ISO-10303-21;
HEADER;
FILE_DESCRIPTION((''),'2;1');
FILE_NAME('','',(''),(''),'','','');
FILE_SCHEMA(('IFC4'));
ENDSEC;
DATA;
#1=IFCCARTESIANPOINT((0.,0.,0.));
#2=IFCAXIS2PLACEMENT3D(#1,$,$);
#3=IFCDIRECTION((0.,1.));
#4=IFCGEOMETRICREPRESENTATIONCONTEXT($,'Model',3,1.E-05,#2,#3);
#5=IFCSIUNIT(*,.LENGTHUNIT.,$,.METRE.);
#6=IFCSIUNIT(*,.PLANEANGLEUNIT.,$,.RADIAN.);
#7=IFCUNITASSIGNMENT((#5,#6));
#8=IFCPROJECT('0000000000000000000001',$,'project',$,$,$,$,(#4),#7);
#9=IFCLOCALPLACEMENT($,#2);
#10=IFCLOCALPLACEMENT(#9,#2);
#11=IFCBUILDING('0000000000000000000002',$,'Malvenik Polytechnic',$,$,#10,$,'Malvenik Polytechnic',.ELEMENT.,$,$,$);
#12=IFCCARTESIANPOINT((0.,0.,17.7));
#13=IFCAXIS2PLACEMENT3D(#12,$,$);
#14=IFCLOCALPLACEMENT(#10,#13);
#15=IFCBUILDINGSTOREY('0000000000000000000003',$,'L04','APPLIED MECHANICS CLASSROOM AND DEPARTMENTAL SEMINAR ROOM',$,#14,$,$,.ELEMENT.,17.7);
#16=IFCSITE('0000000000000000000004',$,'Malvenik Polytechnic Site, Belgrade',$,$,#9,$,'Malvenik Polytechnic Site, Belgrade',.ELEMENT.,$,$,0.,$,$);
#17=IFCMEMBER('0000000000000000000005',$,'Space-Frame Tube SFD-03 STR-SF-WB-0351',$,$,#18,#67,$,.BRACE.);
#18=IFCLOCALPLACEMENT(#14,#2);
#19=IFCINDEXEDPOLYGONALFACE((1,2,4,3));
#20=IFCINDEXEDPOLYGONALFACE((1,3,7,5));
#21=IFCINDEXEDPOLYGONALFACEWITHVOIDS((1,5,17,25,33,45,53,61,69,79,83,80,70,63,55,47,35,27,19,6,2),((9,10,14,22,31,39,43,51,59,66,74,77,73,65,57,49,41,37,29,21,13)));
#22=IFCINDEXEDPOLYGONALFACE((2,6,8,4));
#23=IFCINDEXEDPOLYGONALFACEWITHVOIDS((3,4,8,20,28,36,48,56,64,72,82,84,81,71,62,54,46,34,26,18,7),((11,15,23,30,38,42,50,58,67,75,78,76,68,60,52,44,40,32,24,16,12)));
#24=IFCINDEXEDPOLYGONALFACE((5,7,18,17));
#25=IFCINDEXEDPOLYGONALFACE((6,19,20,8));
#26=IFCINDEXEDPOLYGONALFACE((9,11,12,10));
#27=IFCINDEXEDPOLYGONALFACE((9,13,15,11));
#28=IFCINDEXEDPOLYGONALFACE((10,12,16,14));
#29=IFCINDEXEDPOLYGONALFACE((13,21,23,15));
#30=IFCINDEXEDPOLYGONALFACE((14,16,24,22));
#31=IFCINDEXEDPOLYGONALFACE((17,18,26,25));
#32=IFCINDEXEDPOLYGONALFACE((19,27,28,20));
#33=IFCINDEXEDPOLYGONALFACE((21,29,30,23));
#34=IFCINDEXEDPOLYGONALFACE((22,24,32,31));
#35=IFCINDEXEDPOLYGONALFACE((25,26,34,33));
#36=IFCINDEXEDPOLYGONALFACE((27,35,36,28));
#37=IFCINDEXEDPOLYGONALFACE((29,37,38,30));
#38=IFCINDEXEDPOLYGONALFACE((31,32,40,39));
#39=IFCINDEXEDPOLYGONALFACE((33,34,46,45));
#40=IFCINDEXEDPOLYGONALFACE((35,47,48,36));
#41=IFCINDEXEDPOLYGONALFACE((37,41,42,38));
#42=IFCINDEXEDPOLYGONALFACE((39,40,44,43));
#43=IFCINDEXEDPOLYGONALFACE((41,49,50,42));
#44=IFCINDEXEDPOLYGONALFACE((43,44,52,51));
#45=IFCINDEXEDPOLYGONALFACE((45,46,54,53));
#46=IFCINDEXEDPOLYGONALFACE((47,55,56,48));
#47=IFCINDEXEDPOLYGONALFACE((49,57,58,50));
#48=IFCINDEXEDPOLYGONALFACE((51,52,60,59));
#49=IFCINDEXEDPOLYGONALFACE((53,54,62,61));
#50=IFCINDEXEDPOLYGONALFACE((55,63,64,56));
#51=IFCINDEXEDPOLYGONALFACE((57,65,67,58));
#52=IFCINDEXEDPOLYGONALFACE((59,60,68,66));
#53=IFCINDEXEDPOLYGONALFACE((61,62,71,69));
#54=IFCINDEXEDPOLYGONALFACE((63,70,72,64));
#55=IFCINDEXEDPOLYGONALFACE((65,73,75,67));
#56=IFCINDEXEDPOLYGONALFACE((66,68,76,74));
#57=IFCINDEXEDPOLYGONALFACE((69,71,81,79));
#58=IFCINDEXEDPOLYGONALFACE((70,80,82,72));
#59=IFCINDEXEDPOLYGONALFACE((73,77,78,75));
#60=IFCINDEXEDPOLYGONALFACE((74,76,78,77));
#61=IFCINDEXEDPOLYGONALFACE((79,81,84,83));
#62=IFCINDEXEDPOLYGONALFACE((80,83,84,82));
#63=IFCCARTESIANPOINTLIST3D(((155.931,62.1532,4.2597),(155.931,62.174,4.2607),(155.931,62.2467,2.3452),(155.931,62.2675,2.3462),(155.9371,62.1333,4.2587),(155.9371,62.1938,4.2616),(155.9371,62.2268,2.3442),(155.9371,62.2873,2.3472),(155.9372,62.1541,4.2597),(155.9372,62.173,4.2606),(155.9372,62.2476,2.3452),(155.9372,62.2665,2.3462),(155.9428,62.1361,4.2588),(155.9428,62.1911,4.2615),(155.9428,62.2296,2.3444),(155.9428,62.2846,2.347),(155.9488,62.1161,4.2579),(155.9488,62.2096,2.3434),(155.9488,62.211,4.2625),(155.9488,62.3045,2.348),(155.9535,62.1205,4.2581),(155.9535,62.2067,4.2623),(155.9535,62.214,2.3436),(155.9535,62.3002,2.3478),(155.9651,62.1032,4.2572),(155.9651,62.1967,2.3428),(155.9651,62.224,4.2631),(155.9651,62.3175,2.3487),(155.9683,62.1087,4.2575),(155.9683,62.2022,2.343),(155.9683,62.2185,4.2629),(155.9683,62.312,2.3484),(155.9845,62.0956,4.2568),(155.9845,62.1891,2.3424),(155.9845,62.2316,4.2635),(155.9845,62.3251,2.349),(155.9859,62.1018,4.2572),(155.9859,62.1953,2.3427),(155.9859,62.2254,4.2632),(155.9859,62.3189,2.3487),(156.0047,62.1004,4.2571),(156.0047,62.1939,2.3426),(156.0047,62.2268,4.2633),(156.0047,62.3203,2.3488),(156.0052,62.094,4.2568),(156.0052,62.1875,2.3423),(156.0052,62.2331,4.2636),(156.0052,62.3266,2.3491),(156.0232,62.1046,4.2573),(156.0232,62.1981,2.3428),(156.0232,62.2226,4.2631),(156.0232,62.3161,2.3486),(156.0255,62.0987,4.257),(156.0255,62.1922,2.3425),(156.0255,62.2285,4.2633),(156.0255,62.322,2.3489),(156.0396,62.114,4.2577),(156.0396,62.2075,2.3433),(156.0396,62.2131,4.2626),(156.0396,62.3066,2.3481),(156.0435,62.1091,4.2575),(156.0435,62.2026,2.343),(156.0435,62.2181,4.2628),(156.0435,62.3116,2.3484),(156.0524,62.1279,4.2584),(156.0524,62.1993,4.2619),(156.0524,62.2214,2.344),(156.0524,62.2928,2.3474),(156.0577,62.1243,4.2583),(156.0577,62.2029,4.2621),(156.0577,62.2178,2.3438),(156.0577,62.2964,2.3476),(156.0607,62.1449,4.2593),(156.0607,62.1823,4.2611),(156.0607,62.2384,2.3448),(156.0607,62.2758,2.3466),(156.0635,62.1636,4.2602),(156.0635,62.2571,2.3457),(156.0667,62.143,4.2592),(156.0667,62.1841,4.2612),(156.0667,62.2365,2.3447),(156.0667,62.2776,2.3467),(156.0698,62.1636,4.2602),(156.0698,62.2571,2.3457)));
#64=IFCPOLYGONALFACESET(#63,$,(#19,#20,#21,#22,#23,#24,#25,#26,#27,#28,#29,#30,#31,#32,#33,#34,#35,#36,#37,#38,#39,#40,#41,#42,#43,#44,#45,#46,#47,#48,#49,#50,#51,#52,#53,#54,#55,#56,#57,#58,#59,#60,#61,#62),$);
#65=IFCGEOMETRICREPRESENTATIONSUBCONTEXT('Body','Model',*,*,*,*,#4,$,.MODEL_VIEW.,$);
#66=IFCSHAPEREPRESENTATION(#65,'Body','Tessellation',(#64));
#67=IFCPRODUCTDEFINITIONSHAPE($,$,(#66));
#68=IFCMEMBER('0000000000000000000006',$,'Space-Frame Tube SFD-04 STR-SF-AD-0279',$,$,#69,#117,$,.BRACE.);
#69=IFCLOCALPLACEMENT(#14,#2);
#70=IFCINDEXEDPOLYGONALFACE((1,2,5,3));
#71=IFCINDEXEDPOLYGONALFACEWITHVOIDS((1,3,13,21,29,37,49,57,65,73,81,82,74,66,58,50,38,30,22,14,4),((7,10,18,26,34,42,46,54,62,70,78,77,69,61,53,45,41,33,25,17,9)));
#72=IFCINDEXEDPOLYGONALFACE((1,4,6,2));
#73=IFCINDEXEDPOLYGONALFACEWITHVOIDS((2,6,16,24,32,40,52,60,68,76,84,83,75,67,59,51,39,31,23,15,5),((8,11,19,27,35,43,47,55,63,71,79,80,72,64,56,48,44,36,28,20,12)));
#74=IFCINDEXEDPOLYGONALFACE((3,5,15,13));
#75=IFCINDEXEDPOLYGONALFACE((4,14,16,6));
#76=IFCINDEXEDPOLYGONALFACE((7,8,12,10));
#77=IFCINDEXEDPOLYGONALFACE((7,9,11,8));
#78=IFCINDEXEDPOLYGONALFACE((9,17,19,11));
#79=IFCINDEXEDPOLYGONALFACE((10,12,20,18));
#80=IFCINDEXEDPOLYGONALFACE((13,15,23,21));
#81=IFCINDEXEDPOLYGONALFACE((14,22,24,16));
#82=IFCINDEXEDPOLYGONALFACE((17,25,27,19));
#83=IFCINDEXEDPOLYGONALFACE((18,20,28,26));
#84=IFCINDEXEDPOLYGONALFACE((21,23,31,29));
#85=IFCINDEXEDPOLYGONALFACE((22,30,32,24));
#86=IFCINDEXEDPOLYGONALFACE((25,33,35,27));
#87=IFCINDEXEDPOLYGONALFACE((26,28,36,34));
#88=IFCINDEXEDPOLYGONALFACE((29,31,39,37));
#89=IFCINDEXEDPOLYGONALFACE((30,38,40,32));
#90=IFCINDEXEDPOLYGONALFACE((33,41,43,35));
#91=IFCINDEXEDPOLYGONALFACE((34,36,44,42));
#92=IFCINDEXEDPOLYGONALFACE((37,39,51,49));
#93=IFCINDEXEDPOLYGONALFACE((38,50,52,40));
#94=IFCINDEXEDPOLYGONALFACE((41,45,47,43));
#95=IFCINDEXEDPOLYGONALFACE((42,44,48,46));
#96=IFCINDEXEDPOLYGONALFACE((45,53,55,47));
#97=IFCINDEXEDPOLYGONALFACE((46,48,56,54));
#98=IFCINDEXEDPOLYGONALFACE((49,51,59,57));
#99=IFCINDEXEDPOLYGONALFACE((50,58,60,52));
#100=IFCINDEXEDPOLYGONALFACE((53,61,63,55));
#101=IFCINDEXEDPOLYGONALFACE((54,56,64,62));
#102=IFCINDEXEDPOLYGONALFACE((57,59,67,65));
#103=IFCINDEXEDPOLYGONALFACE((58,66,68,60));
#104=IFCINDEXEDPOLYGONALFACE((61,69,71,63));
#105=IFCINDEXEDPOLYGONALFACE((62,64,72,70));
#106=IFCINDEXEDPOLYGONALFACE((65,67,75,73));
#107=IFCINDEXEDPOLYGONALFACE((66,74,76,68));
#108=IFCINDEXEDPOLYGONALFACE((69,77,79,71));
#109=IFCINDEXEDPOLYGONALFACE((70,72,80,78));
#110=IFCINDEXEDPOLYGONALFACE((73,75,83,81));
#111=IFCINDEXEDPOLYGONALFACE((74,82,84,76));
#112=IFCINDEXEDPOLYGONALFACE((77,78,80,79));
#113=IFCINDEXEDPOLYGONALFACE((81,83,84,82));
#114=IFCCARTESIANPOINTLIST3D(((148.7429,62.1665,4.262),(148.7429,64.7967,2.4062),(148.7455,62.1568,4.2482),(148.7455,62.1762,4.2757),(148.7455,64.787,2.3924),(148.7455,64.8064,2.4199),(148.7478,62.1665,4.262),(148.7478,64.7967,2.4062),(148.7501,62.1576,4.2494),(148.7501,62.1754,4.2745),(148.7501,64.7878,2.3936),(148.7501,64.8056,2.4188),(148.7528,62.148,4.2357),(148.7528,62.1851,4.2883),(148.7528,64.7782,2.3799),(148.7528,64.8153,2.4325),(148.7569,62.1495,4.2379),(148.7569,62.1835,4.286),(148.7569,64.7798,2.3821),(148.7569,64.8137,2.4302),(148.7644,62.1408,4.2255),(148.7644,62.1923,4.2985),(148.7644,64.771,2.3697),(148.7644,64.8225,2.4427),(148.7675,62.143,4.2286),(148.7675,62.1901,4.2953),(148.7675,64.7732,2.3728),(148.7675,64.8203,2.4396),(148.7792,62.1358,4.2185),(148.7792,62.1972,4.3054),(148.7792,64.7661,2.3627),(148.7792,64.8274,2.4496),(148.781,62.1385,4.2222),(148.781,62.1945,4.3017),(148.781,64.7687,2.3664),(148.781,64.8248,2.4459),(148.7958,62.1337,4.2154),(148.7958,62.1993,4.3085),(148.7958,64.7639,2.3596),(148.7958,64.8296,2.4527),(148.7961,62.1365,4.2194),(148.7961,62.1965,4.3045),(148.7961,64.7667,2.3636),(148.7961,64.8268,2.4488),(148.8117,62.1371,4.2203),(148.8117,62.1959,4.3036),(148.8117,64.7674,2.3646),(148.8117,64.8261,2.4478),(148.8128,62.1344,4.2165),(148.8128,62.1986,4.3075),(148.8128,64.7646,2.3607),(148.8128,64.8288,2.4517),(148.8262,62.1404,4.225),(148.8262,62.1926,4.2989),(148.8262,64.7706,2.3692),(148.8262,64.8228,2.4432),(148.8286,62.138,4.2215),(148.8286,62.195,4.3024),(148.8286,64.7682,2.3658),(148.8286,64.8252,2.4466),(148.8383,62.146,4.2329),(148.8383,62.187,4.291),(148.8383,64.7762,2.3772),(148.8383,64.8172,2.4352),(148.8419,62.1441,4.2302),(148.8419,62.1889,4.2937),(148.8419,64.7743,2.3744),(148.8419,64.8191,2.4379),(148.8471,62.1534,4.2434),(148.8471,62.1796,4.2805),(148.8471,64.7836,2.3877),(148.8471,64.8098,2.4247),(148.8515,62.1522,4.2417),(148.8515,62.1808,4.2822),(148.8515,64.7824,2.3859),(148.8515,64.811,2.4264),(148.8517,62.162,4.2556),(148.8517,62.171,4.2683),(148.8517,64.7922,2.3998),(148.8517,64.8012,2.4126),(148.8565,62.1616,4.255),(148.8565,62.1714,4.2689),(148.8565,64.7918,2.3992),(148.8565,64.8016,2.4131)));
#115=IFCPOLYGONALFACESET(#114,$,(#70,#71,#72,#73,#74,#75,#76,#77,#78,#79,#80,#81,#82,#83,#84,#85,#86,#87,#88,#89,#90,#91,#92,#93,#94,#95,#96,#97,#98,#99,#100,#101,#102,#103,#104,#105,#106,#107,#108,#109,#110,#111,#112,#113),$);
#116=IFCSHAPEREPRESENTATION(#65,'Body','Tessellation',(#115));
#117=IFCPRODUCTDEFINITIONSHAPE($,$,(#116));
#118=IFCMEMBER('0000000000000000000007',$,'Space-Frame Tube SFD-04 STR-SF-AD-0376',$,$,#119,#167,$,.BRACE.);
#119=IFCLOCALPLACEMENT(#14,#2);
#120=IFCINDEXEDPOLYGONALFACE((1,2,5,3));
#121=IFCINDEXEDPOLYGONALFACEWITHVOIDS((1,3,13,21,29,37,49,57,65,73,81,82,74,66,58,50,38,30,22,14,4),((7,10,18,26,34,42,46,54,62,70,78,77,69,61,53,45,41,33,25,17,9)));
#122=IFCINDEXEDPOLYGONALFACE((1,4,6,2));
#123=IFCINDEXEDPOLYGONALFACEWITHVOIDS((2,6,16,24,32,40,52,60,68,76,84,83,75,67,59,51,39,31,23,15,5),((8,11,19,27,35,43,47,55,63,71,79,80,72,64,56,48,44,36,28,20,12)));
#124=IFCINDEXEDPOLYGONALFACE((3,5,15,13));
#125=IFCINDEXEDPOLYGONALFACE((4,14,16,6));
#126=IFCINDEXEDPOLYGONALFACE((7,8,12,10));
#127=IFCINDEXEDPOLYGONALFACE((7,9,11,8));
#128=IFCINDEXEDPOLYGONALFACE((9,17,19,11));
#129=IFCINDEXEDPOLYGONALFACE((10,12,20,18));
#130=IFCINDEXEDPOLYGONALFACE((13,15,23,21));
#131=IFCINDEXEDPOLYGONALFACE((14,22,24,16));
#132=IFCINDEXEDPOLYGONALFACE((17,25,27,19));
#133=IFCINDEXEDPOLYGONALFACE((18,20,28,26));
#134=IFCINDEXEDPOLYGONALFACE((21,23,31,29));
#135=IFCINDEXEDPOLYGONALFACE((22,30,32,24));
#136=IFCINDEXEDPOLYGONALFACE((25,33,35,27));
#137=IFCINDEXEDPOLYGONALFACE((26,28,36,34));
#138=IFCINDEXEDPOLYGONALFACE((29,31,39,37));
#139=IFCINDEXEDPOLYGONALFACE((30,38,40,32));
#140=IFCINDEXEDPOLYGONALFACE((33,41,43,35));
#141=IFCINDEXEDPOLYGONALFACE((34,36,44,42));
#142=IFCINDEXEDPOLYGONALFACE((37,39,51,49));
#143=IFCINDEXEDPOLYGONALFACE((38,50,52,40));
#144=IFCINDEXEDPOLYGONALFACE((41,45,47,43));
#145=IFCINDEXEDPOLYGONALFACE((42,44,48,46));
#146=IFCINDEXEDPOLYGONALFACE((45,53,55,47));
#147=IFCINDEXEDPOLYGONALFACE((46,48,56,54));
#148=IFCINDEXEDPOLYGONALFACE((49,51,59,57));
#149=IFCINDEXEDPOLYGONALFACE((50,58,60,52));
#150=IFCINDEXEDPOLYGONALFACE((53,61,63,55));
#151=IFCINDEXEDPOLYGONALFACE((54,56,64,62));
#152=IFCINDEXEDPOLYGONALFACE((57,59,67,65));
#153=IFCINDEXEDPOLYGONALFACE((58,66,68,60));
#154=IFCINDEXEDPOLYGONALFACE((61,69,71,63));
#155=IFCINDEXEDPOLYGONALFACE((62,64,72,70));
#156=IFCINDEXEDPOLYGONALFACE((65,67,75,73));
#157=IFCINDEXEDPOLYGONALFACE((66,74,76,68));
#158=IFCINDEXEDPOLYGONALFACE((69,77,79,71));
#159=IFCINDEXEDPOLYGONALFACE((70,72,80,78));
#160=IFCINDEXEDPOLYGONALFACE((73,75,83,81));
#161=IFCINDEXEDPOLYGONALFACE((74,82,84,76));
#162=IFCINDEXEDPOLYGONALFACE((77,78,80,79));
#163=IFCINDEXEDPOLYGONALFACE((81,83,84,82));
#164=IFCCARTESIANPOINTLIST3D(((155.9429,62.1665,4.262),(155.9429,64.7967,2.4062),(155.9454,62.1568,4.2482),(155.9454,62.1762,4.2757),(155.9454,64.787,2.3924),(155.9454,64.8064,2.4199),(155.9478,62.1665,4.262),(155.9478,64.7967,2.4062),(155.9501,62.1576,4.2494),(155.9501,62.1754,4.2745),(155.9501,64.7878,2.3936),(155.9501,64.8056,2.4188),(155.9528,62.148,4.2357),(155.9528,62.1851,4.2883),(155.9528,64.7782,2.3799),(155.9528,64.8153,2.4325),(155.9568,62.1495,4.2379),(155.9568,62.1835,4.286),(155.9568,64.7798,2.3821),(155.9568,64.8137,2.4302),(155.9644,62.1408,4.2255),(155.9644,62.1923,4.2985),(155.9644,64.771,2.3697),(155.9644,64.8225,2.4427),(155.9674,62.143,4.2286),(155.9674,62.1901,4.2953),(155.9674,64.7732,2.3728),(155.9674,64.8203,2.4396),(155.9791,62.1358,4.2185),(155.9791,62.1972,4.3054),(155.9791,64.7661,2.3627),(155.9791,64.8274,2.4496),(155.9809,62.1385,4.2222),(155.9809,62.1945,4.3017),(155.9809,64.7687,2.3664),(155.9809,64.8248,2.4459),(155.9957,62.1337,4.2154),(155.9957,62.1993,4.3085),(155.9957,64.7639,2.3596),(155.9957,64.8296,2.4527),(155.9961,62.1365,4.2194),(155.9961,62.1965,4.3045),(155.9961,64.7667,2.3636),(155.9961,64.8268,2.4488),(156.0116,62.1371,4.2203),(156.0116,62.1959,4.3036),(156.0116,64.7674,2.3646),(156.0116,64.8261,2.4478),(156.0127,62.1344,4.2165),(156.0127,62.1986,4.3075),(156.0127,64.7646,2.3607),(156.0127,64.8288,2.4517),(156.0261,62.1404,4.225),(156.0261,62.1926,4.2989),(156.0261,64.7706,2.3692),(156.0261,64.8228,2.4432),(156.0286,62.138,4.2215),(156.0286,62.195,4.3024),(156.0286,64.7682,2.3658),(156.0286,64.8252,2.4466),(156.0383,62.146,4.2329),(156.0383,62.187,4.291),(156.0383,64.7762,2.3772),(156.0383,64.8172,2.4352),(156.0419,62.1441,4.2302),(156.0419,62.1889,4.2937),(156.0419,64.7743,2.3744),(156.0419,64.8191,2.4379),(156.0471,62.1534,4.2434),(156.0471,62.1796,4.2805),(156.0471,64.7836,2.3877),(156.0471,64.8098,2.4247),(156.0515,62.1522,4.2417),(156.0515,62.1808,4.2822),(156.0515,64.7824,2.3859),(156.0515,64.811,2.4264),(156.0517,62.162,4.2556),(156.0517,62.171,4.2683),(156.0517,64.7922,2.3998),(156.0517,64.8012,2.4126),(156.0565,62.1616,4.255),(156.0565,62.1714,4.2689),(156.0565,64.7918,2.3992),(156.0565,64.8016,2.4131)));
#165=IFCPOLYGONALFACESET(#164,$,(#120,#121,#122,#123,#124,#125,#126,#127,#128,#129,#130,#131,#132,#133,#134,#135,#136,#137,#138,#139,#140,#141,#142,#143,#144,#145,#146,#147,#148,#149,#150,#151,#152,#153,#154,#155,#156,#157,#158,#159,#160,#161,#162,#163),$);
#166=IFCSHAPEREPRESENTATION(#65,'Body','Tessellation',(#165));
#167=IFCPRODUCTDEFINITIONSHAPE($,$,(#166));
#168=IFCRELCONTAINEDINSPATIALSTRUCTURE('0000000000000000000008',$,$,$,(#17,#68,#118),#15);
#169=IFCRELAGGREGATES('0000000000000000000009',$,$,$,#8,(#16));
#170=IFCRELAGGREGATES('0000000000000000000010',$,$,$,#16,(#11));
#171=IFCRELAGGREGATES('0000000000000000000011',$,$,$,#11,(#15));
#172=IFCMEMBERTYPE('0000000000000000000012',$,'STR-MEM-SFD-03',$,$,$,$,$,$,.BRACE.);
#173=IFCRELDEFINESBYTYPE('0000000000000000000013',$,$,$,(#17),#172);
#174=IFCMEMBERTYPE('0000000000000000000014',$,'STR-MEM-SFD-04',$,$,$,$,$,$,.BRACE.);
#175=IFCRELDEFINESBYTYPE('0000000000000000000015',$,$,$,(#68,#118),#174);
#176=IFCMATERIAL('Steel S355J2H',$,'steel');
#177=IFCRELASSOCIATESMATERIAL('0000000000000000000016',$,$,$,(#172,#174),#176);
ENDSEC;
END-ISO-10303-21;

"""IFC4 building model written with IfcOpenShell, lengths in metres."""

from ifc_helpers import new_model, si_unit, direction, frame, origin, origin_2d, place, context, subcontext, project, spatial, hollow_circle, extrude, material, material_profile, profile_set, type_object, element, save


model = new_model("IFC4")

# Units and contexts
model_context = context("Model", 3, precision=1e-05, world=origin(), true_north=direction((0.0, 1.0)))
body_context = subcontext(model_context, "Body", "Model", "MODEL_VIEW")
ifc_project = project(units=[si_unit("LENGTHUNIT", "METRE"), si_unit("PLANEANGLEUNIT", "RADIAN")], contexts=[model_context])

# Site, building, storey
site_placement = place(None, origin())
site = spatial("IfcSite", under=ifc_project, at=site_placement, Name="Malvenik Polytechnic Site, Belgrade", LongName="Malvenik Polytechnic Site, Belgrade", CompositionType="ELEMENT", RefElevation=0.0)
building_placement = place(site_placement, origin())
building = spatial("IfcBuilding", under=site, at=building_placement, Name="Malvenik Polytechnic", LongName="Malvenik Polytechnic", CompositionType="ELEMENT")
storey_placement = place(building_placement, frame((0.0, 0.0, 17.7)))
storey = spatial("IfcBuildingStorey", under=building, at=storey_placement, Name="L04", Description="APPLIED MECHANICS CLASSROOM AND DEPARTMENTAL SEMINAR ROOM", CompositionType="ELEMENT", Elevation=17.7)

# Members
ifc_material = material(Name="Steel S355J2H", Category="steel")
ifc_material_profile_1 = material_profile(ifc_material, hollow_circle(Radius=0.0698, WallThickness=0.0063, at=origin_2d()), Name="CHS 139.7x6.3")
ifc_profile_set_1 = profile_set([ifc_material_profile_1], Name="Steel S355J2H")
member_type_1 = type_object("IfcMemberType", Name="STR-MEM-SFD-03", PredefinedType="BRACE", material=ifc_profile_set_1)
member_1_placement = place(storey_placement, frame((156.0, 62.2571, 2.3457), z_axis=(0.0, -0.048781, 0.998809), x_axis=(1.0, 0.0, 0.0)))
element("IfcMember", 1, at=member_1_placement, inside=storey, type_object=member_type_1, Name="Space-Frame Tube SFD-03 STR-SF-WB-0351", PredefinedType="BRACE", context=body_context, shape_type="SweptSolid", body=[
    extrude(hollow_circle(Radius=0.0698, WallThickness=0.0063, at=origin_2d()), origin(), (0.0, 0.0, 1.0), 1.9167),
])
ifc_material_profile_2 = material_profile(ifc_material, hollow_circle(Radius=0.0571, WallThickness=0.0049, at=origin_2d()), Name="CHS 114.3x5.0")
ifc_profile_set_2 = profile_set([ifc_material_profile_2], Name="Steel S355J2H")
member_type_2 = type_object("IfcMemberType", Name="STR-MEM-SFD-04", PredefinedType="BRACE", material=ifc_profile_set_2)
for number, where, z_axis, x_axis, name in (
    (2, (148.8, 62.1665, 4.262), (0.0, 0.817092, -0.576507), (-1.0, 0.0, 0.0), "Space-Frame Tube SFD-04 STR-SF-AD-0279"),
    (3, (156.0, 62.1665, 4.262), (0.0, 0.817092, -0.576507), (-1.0, 0.0, 0.0), "Space-Frame Tube SFD-04 STR-SF-AD-0376"),
):
    element("IfcMember", number, at=place(storey_placement, frame(where, z_axis=z_axis, x_axis=x_axis)), inside=storey, type_object=member_type_2, Name=name, PredefinedType="BRACE", context=body_context, shape_type="SweptSolid", body=[
        extrude(hollow_circle(Radius=0.0571, WallThickness=0.0049, at=origin_2d()), origin(), (0.0, 0.0, 1.0), 3.219),
    ])

save(model, "model.ifc")
